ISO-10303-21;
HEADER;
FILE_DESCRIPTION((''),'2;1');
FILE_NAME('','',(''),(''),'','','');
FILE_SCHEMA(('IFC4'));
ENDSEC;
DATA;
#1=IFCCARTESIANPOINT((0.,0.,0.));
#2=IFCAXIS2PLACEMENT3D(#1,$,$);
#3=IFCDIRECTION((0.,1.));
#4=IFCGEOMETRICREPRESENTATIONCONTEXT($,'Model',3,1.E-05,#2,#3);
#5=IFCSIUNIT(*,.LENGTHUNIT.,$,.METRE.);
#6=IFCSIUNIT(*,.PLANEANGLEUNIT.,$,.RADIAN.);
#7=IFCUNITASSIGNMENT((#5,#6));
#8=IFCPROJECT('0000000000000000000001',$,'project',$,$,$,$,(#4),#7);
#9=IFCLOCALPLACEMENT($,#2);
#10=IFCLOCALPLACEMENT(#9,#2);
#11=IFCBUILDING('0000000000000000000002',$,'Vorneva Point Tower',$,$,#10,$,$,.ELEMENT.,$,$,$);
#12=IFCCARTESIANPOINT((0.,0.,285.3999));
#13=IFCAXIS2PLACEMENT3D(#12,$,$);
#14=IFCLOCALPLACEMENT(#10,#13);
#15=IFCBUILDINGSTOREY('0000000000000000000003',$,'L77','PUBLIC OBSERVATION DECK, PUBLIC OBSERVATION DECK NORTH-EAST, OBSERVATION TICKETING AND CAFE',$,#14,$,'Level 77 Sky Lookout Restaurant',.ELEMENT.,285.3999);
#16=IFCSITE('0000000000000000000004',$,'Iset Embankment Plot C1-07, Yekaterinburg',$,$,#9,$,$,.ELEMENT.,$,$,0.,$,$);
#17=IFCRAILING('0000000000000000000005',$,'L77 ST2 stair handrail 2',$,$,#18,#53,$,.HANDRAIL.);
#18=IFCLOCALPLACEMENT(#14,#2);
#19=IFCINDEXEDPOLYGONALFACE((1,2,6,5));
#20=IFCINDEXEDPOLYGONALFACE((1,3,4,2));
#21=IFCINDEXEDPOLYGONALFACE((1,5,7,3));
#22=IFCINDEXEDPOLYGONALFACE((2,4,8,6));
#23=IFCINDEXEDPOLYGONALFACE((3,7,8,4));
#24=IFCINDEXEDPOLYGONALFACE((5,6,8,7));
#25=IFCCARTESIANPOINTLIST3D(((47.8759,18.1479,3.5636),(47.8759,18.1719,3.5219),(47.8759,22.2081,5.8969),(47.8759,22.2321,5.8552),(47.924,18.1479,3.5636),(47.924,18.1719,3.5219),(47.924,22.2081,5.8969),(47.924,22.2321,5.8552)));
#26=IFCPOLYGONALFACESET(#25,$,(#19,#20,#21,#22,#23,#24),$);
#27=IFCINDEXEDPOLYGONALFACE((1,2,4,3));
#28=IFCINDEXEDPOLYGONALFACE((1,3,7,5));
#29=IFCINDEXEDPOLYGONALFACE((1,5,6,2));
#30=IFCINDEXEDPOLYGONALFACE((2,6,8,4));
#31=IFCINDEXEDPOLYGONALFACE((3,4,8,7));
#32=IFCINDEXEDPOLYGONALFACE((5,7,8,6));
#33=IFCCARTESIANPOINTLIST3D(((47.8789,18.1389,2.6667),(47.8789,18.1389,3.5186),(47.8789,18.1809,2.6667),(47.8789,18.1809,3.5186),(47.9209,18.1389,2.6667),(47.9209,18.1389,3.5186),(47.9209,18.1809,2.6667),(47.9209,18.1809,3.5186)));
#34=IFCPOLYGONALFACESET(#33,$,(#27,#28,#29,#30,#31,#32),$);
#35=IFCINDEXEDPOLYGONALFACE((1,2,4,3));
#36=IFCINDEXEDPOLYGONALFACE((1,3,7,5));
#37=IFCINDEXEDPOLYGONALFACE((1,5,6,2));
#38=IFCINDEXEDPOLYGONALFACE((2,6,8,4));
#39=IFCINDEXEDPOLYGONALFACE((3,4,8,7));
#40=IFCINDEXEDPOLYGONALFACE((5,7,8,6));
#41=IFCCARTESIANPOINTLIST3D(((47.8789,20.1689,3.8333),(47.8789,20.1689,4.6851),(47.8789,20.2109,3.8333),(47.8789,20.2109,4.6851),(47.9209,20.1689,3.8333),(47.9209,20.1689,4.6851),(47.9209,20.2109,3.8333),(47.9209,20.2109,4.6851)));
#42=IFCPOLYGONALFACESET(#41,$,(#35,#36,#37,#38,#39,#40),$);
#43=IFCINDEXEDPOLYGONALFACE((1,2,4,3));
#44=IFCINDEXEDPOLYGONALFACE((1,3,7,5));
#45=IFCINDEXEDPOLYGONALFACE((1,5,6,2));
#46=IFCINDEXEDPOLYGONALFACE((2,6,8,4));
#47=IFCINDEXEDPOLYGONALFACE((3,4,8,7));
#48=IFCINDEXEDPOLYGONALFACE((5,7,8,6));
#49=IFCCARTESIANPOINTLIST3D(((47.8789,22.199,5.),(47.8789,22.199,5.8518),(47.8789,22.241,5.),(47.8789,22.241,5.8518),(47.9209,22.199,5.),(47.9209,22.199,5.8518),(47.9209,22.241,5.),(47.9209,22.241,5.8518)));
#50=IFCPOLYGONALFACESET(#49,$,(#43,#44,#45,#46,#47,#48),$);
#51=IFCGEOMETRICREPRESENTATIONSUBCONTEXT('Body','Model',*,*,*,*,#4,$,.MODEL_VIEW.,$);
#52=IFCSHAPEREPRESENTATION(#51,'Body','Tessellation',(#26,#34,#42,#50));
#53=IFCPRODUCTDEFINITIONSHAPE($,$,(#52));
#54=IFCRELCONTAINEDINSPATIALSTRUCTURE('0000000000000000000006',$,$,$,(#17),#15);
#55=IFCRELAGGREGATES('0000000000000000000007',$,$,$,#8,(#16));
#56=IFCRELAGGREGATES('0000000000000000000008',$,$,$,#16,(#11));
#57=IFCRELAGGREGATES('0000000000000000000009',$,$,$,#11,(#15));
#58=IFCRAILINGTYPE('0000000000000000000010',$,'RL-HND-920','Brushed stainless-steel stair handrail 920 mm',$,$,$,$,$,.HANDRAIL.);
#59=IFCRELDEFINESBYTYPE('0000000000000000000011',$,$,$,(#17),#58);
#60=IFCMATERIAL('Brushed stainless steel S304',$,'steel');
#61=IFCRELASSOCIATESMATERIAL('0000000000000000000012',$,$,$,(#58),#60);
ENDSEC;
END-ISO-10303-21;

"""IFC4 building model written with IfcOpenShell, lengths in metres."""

from ifc_helpers import new_model, si_unit, direction, frame, origin, origin_2d, place, context, subcontext, project, spatial, rectangle, extrude, material, type_object, element, save


model = new_model("IFC4")

# Units and contexts
model_context = context("Model", 3, precision=1e-05, world=origin(), true_north=direction((0.0, 1.0)))
body_context = subcontext(model_context, "Body", "Model", "MODEL_VIEW")
ifc_project = project(units=[si_unit("LENGTHUNIT", "METRE"), si_unit("PLANEANGLEUNIT", "RADIAN")], contexts=[model_context])

# Site, building, storey
site_placement = place(None, origin())
site = spatial("IfcSite", under=ifc_project, at=site_placement, Name="Iset Embankment Plot C1-07, Yekaterinburg", CompositionType="ELEMENT", RefElevation=0.0)
building_placement = place(site_placement, origin())
building = spatial("IfcBuilding", under=site, at=building_placement, Name="Vorneva Point Tower", CompositionType="ELEMENT")
storey_placement = place(building_placement, frame((0.0, 0.0, 285.3999)))
storey = spatial("IfcBuildingStorey", under=building, at=storey_placement, Name="L77", Description="PUBLIC OBSERVATION DECK, PUBLIC OBSERVATION DECK NORTH-EAST, OBSERVATION TICKETING AND CAFE", LongName="Level 77 Sky Lookout Restaurant", CompositionType="ELEMENT", Elevation=285.3999)

# Railing
ifc_material_1 = material(Name="Brushed stainless steel S304", Category="steel")
railing_type = type_object("IfcRailingType", Name="RL-HND-920", Description="Brushed stainless-steel stair handrail 920 mm", PredefinedType="HANDRAIL", material=ifc_material_1)
railing_placement = place(storey_placement, frame((47.8999, 18.1599, 2.6667)))
element("IfcRailing", 1, at=railing_placement, inside=storey, type_object=railing_type, Name="L77 ST2 stair handrail 2", PredefinedType="HANDRAIL", context=body_context, shape_type="SweptSolid", body=[
    extrude(rectangle(XDim=0.0481, YDim=0.0481, at=origin_2d()), frame((0.0, 0.0, 0.876), z_axis=(0.0, 0.867025, 0.498265), x_axis=(-1.0, 0.0, 0.0)), (0.0, 0.0, 1.0), 4.6829),
    extrude(rectangle(XDim=0.042, YDim=0.042, at=origin_2d()), origin(), (0.0, 0.0, 1.0), 0.8518),
    extrude(rectangle(XDim=0.042, YDim=0.042, at=origin_2d()), frame((0.0, 2.03, 1.1665)), (0.0, 0.0, 1.0), 0.8518),
    extrude(rectangle(XDim=0.042, YDim=0.042, at=origin_2d()), frame((0.0, 4.0601, 2.3333)), (0.0, 0.0, 1.0), 0.8518),
])

save(model, "model.ifc")
